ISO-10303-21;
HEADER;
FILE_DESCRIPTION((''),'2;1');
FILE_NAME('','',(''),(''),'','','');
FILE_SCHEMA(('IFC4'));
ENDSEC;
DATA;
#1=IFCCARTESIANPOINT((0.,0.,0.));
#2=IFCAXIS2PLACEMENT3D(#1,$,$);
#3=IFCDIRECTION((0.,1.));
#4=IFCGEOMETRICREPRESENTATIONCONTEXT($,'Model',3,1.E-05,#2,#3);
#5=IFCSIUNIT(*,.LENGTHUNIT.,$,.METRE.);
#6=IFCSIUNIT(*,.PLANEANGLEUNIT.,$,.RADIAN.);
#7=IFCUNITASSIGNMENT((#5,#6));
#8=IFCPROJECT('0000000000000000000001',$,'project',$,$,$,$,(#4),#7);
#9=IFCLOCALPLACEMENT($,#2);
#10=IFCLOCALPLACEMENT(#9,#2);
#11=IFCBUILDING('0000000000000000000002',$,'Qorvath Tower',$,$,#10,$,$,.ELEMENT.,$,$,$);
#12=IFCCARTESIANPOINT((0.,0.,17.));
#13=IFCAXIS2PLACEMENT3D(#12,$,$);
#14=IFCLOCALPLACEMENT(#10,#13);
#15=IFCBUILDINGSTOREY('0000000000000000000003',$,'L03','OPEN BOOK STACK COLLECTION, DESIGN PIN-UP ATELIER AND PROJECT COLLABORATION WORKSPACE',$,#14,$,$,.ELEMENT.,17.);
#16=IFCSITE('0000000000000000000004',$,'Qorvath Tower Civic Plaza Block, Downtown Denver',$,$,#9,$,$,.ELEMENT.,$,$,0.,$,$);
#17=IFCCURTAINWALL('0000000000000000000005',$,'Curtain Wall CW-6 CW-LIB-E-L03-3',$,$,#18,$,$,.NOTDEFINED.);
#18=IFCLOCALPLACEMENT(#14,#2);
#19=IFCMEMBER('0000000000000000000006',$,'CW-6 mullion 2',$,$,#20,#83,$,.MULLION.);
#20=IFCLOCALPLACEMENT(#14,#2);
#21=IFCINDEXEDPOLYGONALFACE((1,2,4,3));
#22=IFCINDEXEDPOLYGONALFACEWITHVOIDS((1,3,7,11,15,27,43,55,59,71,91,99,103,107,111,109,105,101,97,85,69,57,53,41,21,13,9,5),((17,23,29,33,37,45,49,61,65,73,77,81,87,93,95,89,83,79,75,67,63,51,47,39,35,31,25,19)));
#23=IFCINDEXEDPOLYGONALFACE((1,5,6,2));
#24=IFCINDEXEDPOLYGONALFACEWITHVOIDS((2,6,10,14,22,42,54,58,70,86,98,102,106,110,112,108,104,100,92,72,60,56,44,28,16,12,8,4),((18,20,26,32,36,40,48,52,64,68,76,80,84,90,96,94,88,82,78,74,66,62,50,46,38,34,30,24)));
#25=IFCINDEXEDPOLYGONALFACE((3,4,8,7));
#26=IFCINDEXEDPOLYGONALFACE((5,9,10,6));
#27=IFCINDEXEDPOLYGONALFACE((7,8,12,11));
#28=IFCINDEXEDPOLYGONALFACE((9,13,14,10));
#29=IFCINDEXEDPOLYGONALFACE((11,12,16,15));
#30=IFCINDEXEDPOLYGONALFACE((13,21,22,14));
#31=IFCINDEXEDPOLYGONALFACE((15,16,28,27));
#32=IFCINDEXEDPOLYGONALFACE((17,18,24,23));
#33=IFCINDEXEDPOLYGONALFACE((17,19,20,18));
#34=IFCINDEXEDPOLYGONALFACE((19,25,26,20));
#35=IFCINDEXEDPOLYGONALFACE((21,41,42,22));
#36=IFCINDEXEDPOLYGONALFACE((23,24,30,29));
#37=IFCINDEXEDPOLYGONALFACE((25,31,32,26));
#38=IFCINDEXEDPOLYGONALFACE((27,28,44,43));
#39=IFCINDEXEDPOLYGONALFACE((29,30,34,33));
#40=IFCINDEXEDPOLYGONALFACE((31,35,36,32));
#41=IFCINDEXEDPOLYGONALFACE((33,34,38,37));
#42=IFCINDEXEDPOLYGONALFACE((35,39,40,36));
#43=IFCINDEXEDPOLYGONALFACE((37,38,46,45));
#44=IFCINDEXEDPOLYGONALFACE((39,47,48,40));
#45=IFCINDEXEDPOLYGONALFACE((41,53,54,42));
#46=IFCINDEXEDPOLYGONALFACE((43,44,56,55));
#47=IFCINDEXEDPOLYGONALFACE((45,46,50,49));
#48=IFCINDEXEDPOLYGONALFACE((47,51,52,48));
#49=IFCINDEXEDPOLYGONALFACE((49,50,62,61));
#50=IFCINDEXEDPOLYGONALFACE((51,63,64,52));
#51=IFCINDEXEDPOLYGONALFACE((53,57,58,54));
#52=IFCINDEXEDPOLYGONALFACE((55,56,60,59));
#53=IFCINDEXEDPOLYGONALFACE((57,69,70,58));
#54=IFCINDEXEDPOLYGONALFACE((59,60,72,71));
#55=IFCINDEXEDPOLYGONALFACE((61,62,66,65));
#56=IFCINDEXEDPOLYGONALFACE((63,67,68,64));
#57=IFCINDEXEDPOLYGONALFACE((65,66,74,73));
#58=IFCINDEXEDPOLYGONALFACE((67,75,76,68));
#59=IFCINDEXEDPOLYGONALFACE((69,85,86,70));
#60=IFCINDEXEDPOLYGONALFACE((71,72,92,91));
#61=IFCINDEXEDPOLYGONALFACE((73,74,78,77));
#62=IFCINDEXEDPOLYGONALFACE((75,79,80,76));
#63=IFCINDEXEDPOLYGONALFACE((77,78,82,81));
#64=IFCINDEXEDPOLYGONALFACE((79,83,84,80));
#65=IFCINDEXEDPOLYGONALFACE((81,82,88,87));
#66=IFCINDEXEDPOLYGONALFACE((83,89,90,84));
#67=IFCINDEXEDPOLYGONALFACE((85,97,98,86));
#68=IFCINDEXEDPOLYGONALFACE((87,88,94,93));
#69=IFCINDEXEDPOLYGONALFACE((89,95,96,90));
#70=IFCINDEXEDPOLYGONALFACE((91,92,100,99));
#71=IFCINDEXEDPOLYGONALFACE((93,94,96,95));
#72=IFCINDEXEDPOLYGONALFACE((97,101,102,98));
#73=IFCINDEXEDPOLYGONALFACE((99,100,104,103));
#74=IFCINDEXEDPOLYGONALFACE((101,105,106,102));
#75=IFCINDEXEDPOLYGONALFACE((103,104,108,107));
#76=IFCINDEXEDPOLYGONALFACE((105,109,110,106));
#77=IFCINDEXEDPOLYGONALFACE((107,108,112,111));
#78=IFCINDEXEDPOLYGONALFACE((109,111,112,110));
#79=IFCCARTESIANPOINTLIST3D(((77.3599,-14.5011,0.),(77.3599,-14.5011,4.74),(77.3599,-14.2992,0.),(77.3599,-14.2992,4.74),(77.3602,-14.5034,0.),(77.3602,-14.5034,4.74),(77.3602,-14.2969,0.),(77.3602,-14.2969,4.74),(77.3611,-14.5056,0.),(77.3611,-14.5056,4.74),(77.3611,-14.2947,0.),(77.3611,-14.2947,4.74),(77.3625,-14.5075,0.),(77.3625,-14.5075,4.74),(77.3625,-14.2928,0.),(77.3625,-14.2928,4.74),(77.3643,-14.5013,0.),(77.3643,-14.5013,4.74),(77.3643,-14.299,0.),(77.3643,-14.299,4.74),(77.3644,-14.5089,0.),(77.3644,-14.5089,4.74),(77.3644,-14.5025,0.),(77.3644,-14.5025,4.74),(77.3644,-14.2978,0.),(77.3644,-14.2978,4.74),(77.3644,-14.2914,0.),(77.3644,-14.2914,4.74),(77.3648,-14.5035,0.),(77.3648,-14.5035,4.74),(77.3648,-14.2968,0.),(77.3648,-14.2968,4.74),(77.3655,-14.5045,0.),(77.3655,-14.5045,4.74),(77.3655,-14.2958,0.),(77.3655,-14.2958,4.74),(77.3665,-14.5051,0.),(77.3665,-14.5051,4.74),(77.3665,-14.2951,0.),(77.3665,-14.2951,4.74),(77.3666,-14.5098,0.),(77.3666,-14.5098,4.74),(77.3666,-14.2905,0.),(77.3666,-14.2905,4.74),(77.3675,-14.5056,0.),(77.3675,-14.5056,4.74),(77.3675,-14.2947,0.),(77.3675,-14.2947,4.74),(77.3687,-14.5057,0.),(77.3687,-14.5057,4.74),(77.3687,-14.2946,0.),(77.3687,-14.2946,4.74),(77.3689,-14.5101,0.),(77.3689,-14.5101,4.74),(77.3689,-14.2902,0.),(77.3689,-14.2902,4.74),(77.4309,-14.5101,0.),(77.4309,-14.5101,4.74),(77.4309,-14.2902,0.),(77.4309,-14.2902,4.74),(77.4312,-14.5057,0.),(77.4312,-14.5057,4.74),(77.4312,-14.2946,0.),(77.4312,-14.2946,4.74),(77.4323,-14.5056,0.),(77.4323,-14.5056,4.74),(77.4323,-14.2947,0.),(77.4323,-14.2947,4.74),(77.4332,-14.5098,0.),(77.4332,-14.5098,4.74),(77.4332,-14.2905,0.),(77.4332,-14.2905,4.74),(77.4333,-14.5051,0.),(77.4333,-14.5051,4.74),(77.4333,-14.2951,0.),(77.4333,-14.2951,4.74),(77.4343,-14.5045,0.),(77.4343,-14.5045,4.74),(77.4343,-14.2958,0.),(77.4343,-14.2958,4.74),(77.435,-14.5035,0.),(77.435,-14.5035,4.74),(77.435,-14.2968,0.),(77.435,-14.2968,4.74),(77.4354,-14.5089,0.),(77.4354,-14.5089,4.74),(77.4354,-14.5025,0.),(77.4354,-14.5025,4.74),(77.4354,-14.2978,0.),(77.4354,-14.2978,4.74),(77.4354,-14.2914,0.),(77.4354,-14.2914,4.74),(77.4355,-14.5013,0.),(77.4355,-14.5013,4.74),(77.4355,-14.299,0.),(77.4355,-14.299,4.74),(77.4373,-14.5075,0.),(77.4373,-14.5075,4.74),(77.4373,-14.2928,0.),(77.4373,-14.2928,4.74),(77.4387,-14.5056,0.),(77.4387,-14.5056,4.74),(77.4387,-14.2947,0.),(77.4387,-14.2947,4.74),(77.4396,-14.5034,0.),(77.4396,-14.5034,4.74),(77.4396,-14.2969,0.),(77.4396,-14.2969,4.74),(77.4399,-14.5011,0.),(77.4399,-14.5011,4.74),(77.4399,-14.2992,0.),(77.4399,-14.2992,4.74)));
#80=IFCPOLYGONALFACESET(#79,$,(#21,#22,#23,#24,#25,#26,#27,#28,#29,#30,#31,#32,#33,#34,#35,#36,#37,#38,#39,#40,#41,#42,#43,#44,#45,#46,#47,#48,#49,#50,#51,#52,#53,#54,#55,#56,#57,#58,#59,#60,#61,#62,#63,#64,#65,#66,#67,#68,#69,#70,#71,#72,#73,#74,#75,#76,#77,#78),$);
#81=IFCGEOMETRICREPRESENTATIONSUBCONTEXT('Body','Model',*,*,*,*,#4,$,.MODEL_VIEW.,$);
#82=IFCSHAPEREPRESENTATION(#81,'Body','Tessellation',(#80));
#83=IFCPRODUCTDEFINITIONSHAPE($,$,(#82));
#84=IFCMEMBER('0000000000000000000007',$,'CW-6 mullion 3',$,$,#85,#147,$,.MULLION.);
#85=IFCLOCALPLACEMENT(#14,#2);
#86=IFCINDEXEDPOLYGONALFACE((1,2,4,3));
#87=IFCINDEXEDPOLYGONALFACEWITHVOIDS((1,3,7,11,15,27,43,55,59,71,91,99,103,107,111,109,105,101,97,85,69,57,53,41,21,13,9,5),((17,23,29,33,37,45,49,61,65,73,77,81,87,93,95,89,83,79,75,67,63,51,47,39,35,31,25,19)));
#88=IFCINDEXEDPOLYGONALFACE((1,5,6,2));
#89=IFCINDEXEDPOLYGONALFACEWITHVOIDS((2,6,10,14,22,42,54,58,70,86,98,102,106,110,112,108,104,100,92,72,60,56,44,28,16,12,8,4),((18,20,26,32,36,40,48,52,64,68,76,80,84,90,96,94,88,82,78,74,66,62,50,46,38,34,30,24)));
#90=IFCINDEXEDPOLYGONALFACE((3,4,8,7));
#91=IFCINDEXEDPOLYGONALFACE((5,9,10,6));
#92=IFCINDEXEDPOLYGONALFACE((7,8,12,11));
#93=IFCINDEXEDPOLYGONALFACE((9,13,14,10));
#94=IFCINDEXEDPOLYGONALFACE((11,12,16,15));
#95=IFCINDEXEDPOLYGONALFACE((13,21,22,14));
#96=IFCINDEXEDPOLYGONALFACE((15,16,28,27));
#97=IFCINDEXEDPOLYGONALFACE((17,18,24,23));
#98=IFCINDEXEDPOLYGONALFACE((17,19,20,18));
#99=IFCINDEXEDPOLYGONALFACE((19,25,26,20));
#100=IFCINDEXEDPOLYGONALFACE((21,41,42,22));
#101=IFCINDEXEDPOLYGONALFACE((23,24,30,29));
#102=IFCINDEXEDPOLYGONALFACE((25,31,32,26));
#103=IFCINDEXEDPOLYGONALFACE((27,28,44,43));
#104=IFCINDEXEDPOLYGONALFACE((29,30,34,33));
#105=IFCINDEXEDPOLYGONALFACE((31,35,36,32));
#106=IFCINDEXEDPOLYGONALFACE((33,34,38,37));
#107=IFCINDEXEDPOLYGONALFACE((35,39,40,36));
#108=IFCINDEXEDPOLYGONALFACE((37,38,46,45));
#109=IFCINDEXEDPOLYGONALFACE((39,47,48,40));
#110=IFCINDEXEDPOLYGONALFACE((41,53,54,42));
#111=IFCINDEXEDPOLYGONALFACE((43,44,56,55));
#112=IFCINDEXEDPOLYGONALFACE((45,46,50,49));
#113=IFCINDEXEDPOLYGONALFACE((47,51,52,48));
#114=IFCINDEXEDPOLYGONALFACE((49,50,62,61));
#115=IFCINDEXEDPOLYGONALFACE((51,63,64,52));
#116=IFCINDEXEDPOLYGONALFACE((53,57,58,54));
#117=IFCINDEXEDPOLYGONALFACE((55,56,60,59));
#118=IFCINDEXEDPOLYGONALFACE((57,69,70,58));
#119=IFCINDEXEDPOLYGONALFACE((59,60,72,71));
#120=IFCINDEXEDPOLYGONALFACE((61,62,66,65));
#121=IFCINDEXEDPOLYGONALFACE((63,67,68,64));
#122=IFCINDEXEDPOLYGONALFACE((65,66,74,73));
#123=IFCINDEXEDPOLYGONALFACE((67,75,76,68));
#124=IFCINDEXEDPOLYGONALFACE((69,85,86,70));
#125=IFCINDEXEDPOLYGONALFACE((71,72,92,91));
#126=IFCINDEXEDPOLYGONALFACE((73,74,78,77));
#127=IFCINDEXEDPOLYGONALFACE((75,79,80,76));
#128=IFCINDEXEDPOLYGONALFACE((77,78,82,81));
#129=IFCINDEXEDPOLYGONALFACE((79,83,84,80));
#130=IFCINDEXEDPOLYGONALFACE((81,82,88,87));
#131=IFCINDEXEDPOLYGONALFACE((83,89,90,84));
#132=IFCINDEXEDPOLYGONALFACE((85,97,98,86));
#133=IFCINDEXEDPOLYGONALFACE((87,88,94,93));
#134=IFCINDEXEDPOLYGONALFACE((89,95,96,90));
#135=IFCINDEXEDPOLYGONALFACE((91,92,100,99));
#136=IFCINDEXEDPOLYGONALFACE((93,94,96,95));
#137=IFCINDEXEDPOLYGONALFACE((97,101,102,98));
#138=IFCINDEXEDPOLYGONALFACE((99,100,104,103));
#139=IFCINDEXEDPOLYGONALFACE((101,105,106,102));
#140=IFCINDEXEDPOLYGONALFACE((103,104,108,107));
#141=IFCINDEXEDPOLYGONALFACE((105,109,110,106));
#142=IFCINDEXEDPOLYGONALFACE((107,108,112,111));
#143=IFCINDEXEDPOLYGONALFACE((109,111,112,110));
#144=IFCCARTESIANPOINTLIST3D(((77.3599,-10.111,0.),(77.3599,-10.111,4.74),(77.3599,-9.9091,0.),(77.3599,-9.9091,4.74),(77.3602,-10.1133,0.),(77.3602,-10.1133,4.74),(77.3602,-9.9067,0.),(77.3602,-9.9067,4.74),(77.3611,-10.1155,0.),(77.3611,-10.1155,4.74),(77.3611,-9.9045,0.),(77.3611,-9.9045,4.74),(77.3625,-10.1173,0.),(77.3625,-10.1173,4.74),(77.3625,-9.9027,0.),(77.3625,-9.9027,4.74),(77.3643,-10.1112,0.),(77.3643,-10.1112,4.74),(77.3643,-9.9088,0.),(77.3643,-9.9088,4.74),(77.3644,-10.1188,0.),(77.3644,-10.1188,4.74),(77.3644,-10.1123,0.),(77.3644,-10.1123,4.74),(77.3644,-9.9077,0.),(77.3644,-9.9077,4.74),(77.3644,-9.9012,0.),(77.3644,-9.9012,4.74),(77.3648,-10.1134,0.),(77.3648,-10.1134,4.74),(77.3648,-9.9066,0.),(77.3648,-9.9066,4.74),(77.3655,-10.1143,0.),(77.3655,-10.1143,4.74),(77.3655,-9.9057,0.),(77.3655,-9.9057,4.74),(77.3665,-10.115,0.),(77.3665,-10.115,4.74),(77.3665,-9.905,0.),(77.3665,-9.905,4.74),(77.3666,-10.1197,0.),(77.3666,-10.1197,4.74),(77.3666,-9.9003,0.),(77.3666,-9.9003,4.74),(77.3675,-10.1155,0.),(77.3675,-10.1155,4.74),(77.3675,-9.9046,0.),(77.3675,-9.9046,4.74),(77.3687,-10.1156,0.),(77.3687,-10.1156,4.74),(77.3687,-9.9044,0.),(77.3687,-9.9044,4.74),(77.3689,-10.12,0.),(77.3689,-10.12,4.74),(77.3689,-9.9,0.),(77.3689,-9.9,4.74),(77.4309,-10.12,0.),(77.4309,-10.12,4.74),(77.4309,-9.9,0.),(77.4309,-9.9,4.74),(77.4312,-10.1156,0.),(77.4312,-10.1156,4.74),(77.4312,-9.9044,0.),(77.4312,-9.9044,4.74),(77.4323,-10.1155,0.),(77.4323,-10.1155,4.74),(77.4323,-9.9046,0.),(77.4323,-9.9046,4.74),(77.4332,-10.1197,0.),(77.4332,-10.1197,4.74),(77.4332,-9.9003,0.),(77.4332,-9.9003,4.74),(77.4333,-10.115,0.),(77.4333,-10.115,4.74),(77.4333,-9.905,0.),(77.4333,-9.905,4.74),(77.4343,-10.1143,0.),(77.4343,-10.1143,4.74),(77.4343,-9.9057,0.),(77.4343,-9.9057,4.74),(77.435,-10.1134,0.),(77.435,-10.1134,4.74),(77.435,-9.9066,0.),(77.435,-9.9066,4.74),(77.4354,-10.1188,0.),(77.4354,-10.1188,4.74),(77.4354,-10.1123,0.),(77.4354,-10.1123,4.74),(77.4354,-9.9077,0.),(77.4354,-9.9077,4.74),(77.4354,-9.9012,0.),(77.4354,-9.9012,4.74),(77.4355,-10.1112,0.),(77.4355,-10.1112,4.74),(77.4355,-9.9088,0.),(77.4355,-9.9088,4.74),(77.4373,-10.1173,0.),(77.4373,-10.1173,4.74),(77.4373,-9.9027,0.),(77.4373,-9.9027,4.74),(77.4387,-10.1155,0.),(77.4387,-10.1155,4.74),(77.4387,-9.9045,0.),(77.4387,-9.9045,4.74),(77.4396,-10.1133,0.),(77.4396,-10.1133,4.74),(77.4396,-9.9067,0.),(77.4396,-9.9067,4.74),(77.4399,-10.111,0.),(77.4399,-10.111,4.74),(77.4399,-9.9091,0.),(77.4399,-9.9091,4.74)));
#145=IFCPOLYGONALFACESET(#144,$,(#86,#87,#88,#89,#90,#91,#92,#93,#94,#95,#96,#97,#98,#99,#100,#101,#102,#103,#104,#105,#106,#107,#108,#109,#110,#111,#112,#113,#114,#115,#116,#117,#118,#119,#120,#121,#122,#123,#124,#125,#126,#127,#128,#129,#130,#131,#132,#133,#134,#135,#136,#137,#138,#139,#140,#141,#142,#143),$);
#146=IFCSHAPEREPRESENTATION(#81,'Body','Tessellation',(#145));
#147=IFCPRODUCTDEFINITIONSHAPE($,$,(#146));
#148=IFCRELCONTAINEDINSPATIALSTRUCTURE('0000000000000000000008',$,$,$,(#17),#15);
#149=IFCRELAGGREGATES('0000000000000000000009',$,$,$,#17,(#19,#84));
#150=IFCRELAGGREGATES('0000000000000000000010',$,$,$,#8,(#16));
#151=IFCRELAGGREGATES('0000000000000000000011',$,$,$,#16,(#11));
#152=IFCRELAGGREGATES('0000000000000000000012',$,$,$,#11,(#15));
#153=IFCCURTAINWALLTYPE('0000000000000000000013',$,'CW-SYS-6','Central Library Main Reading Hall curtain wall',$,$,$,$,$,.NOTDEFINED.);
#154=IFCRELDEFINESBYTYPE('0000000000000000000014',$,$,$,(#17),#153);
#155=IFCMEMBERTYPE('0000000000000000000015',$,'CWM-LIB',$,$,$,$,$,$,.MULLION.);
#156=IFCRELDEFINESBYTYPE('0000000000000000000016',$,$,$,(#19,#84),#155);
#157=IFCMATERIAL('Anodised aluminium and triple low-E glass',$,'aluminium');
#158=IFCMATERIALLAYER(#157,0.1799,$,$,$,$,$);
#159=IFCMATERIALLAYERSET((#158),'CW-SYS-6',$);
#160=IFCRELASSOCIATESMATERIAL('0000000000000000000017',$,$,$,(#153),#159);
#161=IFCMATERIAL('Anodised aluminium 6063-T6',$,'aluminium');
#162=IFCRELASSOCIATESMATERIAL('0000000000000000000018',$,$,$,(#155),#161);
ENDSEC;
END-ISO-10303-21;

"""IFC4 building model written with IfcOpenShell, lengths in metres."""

from ifc_helpers import new_model, si_unit, direction, frame, origin, origin_2d, place, context, subcontext, project, spatial, hollow_rectangle, extrude, material, layer, layer_set, material_profile, profile_set, type_object, element, aggregate, save


model = new_model("IFC4")

# Units and contexts
model_context = context("Model", 3, precision=1e-05, world=origin(), true_north=direction((0.0, 1.0)))
body_context = subcontext(model_context, "Body", "Model", "MODEL_VIEW")
ifc_project = project(units=[si_unit("LENGTHUNIT", "METRE"), si_unit("PLANEANGLEUNIT", "RADIAN")], contexts=[model_context])

# Site, building, storey
site_placement = place(None, origin())
site = spatial("IfcSite", under=ifc_project, at=site_placement, Name="Qorvath Tower Civic Plaza Block, Downtown Denver", CompositionType="ELEMENT", RefElevation=0.0)
building_placement = place(site_placement, origin())
building = spatial("IfcBuilding", under=site, at=building_placement, Name="Qorvath Tower", CompositionType="ELEMENT")
storey_placement = place(building_placement, frame((0.0, 0.0, 17.0)))
storey = spatial("IfcBuildingStorey", under=building, at=storey_placement, Name="L03", Description="OPEN BOOK STACK COLLECTION, DESIGN PIN-UP ATELIER AND PROJECT COLLABORATION WORKSPACE", CompositionType="ELEMENT", Elevation=17.0)

# Curtain wall, members
ifc_material_1 = material(Name="Anodised aluminium and triple low-E glass", Category="aluminium")
ifc_layer_1 = layer(ifc_material_1, 0.1799)
ifc_layer_set_1 = layer_set([ifc_layer_1], Name="CW-SYS-6")
curtain_wall_type = type_object("IfcCurtainWallType", Name="CW-SYS-6", Description="Central Library Main Reading Hall curtain wall", PredefinedType="NOTDEFINED", material=ifc_layer_set_1)
curtain_wall_placement = place(storey_placement, origin())
curtain_wall = element("IfcCurtainWall", 1, at=curtain_wall_placement, inside=storey, type_object=curtain_wall_type, Name="Curtain Wall CW-6 CW-LIB-E-L03-3", PredefinedType="NOTDEFINED")
ifc_material_2 = material(Name="Anodised aluminium 6063-T6", Category="aluminium")
ifc_material_profile_1 = material_profile(ifc_material_2, hollow_rectangle(XDim=0.0801, YDim=0.22, WallThickness=0.0044, InnerFilletRadius=0.0044, OuterFilletRadius=0.009, at=origin_2d()), Name="CWM LIB 220x80")
ifc_profile_set_1 = profile_set([ifc_material_profile_1], Name="Anodised aluminium 6063-T6")
member_type_1 = type_object("IfcMemberType", Name="CWM-LIB", PredefinedType="MULLION", material=ifc_profile_set_1)
member_1_placement = place(storey_placement, frame((77.3999, -14.4001, 0.0), z_axis=(0.0, 0.0, 1.0), x_axis=(-1.0, 0.0, 0.0)))
member_1 = element("IfcMember", 2, at=member_1_placement, type_object=member_type_1, Name="CW-6 mullion 2", PredefinedType="MULLION", context=body_context, shape_type="SweptSolid", body=[
    extrude(hollow_rectangle(XDim=0.0801, YDim=0.22, WallThickness=0.0044, InnerFilletRadius=0.0044, OuterFilletRadius=0.009, at=origin_2d()), origin(), (0.0, 0.0, 1.0), 4.74),
])
member_2_placement = place(storey_placement, frame((77.3999, -10.01, 0.0), z_axis=(0.0, 0.0, 1.0), x_axis=(-1.0, 0.0, 0.0)))
member_2 = element("IfcMember", 3, at=member_2_placement, type_object=member_type_1, Name="CW-6 mullion 3", PredefinedType="MULLION", context=body_context, shape_type="SweptSolid", body=[
    extrude(hollow_rectangle(XDim=0.0801, YDim=0.22, WallThickness=0.0044, InnerFilletRadius=0.0044, OuterFilletRadius=0.009, at=origin_2d()), origin(), (0.0, 0.0, 1.0), 4.74),
])
aggregate(curtain_wall, [member_1, member_2])

save(model, "model.ifc")
